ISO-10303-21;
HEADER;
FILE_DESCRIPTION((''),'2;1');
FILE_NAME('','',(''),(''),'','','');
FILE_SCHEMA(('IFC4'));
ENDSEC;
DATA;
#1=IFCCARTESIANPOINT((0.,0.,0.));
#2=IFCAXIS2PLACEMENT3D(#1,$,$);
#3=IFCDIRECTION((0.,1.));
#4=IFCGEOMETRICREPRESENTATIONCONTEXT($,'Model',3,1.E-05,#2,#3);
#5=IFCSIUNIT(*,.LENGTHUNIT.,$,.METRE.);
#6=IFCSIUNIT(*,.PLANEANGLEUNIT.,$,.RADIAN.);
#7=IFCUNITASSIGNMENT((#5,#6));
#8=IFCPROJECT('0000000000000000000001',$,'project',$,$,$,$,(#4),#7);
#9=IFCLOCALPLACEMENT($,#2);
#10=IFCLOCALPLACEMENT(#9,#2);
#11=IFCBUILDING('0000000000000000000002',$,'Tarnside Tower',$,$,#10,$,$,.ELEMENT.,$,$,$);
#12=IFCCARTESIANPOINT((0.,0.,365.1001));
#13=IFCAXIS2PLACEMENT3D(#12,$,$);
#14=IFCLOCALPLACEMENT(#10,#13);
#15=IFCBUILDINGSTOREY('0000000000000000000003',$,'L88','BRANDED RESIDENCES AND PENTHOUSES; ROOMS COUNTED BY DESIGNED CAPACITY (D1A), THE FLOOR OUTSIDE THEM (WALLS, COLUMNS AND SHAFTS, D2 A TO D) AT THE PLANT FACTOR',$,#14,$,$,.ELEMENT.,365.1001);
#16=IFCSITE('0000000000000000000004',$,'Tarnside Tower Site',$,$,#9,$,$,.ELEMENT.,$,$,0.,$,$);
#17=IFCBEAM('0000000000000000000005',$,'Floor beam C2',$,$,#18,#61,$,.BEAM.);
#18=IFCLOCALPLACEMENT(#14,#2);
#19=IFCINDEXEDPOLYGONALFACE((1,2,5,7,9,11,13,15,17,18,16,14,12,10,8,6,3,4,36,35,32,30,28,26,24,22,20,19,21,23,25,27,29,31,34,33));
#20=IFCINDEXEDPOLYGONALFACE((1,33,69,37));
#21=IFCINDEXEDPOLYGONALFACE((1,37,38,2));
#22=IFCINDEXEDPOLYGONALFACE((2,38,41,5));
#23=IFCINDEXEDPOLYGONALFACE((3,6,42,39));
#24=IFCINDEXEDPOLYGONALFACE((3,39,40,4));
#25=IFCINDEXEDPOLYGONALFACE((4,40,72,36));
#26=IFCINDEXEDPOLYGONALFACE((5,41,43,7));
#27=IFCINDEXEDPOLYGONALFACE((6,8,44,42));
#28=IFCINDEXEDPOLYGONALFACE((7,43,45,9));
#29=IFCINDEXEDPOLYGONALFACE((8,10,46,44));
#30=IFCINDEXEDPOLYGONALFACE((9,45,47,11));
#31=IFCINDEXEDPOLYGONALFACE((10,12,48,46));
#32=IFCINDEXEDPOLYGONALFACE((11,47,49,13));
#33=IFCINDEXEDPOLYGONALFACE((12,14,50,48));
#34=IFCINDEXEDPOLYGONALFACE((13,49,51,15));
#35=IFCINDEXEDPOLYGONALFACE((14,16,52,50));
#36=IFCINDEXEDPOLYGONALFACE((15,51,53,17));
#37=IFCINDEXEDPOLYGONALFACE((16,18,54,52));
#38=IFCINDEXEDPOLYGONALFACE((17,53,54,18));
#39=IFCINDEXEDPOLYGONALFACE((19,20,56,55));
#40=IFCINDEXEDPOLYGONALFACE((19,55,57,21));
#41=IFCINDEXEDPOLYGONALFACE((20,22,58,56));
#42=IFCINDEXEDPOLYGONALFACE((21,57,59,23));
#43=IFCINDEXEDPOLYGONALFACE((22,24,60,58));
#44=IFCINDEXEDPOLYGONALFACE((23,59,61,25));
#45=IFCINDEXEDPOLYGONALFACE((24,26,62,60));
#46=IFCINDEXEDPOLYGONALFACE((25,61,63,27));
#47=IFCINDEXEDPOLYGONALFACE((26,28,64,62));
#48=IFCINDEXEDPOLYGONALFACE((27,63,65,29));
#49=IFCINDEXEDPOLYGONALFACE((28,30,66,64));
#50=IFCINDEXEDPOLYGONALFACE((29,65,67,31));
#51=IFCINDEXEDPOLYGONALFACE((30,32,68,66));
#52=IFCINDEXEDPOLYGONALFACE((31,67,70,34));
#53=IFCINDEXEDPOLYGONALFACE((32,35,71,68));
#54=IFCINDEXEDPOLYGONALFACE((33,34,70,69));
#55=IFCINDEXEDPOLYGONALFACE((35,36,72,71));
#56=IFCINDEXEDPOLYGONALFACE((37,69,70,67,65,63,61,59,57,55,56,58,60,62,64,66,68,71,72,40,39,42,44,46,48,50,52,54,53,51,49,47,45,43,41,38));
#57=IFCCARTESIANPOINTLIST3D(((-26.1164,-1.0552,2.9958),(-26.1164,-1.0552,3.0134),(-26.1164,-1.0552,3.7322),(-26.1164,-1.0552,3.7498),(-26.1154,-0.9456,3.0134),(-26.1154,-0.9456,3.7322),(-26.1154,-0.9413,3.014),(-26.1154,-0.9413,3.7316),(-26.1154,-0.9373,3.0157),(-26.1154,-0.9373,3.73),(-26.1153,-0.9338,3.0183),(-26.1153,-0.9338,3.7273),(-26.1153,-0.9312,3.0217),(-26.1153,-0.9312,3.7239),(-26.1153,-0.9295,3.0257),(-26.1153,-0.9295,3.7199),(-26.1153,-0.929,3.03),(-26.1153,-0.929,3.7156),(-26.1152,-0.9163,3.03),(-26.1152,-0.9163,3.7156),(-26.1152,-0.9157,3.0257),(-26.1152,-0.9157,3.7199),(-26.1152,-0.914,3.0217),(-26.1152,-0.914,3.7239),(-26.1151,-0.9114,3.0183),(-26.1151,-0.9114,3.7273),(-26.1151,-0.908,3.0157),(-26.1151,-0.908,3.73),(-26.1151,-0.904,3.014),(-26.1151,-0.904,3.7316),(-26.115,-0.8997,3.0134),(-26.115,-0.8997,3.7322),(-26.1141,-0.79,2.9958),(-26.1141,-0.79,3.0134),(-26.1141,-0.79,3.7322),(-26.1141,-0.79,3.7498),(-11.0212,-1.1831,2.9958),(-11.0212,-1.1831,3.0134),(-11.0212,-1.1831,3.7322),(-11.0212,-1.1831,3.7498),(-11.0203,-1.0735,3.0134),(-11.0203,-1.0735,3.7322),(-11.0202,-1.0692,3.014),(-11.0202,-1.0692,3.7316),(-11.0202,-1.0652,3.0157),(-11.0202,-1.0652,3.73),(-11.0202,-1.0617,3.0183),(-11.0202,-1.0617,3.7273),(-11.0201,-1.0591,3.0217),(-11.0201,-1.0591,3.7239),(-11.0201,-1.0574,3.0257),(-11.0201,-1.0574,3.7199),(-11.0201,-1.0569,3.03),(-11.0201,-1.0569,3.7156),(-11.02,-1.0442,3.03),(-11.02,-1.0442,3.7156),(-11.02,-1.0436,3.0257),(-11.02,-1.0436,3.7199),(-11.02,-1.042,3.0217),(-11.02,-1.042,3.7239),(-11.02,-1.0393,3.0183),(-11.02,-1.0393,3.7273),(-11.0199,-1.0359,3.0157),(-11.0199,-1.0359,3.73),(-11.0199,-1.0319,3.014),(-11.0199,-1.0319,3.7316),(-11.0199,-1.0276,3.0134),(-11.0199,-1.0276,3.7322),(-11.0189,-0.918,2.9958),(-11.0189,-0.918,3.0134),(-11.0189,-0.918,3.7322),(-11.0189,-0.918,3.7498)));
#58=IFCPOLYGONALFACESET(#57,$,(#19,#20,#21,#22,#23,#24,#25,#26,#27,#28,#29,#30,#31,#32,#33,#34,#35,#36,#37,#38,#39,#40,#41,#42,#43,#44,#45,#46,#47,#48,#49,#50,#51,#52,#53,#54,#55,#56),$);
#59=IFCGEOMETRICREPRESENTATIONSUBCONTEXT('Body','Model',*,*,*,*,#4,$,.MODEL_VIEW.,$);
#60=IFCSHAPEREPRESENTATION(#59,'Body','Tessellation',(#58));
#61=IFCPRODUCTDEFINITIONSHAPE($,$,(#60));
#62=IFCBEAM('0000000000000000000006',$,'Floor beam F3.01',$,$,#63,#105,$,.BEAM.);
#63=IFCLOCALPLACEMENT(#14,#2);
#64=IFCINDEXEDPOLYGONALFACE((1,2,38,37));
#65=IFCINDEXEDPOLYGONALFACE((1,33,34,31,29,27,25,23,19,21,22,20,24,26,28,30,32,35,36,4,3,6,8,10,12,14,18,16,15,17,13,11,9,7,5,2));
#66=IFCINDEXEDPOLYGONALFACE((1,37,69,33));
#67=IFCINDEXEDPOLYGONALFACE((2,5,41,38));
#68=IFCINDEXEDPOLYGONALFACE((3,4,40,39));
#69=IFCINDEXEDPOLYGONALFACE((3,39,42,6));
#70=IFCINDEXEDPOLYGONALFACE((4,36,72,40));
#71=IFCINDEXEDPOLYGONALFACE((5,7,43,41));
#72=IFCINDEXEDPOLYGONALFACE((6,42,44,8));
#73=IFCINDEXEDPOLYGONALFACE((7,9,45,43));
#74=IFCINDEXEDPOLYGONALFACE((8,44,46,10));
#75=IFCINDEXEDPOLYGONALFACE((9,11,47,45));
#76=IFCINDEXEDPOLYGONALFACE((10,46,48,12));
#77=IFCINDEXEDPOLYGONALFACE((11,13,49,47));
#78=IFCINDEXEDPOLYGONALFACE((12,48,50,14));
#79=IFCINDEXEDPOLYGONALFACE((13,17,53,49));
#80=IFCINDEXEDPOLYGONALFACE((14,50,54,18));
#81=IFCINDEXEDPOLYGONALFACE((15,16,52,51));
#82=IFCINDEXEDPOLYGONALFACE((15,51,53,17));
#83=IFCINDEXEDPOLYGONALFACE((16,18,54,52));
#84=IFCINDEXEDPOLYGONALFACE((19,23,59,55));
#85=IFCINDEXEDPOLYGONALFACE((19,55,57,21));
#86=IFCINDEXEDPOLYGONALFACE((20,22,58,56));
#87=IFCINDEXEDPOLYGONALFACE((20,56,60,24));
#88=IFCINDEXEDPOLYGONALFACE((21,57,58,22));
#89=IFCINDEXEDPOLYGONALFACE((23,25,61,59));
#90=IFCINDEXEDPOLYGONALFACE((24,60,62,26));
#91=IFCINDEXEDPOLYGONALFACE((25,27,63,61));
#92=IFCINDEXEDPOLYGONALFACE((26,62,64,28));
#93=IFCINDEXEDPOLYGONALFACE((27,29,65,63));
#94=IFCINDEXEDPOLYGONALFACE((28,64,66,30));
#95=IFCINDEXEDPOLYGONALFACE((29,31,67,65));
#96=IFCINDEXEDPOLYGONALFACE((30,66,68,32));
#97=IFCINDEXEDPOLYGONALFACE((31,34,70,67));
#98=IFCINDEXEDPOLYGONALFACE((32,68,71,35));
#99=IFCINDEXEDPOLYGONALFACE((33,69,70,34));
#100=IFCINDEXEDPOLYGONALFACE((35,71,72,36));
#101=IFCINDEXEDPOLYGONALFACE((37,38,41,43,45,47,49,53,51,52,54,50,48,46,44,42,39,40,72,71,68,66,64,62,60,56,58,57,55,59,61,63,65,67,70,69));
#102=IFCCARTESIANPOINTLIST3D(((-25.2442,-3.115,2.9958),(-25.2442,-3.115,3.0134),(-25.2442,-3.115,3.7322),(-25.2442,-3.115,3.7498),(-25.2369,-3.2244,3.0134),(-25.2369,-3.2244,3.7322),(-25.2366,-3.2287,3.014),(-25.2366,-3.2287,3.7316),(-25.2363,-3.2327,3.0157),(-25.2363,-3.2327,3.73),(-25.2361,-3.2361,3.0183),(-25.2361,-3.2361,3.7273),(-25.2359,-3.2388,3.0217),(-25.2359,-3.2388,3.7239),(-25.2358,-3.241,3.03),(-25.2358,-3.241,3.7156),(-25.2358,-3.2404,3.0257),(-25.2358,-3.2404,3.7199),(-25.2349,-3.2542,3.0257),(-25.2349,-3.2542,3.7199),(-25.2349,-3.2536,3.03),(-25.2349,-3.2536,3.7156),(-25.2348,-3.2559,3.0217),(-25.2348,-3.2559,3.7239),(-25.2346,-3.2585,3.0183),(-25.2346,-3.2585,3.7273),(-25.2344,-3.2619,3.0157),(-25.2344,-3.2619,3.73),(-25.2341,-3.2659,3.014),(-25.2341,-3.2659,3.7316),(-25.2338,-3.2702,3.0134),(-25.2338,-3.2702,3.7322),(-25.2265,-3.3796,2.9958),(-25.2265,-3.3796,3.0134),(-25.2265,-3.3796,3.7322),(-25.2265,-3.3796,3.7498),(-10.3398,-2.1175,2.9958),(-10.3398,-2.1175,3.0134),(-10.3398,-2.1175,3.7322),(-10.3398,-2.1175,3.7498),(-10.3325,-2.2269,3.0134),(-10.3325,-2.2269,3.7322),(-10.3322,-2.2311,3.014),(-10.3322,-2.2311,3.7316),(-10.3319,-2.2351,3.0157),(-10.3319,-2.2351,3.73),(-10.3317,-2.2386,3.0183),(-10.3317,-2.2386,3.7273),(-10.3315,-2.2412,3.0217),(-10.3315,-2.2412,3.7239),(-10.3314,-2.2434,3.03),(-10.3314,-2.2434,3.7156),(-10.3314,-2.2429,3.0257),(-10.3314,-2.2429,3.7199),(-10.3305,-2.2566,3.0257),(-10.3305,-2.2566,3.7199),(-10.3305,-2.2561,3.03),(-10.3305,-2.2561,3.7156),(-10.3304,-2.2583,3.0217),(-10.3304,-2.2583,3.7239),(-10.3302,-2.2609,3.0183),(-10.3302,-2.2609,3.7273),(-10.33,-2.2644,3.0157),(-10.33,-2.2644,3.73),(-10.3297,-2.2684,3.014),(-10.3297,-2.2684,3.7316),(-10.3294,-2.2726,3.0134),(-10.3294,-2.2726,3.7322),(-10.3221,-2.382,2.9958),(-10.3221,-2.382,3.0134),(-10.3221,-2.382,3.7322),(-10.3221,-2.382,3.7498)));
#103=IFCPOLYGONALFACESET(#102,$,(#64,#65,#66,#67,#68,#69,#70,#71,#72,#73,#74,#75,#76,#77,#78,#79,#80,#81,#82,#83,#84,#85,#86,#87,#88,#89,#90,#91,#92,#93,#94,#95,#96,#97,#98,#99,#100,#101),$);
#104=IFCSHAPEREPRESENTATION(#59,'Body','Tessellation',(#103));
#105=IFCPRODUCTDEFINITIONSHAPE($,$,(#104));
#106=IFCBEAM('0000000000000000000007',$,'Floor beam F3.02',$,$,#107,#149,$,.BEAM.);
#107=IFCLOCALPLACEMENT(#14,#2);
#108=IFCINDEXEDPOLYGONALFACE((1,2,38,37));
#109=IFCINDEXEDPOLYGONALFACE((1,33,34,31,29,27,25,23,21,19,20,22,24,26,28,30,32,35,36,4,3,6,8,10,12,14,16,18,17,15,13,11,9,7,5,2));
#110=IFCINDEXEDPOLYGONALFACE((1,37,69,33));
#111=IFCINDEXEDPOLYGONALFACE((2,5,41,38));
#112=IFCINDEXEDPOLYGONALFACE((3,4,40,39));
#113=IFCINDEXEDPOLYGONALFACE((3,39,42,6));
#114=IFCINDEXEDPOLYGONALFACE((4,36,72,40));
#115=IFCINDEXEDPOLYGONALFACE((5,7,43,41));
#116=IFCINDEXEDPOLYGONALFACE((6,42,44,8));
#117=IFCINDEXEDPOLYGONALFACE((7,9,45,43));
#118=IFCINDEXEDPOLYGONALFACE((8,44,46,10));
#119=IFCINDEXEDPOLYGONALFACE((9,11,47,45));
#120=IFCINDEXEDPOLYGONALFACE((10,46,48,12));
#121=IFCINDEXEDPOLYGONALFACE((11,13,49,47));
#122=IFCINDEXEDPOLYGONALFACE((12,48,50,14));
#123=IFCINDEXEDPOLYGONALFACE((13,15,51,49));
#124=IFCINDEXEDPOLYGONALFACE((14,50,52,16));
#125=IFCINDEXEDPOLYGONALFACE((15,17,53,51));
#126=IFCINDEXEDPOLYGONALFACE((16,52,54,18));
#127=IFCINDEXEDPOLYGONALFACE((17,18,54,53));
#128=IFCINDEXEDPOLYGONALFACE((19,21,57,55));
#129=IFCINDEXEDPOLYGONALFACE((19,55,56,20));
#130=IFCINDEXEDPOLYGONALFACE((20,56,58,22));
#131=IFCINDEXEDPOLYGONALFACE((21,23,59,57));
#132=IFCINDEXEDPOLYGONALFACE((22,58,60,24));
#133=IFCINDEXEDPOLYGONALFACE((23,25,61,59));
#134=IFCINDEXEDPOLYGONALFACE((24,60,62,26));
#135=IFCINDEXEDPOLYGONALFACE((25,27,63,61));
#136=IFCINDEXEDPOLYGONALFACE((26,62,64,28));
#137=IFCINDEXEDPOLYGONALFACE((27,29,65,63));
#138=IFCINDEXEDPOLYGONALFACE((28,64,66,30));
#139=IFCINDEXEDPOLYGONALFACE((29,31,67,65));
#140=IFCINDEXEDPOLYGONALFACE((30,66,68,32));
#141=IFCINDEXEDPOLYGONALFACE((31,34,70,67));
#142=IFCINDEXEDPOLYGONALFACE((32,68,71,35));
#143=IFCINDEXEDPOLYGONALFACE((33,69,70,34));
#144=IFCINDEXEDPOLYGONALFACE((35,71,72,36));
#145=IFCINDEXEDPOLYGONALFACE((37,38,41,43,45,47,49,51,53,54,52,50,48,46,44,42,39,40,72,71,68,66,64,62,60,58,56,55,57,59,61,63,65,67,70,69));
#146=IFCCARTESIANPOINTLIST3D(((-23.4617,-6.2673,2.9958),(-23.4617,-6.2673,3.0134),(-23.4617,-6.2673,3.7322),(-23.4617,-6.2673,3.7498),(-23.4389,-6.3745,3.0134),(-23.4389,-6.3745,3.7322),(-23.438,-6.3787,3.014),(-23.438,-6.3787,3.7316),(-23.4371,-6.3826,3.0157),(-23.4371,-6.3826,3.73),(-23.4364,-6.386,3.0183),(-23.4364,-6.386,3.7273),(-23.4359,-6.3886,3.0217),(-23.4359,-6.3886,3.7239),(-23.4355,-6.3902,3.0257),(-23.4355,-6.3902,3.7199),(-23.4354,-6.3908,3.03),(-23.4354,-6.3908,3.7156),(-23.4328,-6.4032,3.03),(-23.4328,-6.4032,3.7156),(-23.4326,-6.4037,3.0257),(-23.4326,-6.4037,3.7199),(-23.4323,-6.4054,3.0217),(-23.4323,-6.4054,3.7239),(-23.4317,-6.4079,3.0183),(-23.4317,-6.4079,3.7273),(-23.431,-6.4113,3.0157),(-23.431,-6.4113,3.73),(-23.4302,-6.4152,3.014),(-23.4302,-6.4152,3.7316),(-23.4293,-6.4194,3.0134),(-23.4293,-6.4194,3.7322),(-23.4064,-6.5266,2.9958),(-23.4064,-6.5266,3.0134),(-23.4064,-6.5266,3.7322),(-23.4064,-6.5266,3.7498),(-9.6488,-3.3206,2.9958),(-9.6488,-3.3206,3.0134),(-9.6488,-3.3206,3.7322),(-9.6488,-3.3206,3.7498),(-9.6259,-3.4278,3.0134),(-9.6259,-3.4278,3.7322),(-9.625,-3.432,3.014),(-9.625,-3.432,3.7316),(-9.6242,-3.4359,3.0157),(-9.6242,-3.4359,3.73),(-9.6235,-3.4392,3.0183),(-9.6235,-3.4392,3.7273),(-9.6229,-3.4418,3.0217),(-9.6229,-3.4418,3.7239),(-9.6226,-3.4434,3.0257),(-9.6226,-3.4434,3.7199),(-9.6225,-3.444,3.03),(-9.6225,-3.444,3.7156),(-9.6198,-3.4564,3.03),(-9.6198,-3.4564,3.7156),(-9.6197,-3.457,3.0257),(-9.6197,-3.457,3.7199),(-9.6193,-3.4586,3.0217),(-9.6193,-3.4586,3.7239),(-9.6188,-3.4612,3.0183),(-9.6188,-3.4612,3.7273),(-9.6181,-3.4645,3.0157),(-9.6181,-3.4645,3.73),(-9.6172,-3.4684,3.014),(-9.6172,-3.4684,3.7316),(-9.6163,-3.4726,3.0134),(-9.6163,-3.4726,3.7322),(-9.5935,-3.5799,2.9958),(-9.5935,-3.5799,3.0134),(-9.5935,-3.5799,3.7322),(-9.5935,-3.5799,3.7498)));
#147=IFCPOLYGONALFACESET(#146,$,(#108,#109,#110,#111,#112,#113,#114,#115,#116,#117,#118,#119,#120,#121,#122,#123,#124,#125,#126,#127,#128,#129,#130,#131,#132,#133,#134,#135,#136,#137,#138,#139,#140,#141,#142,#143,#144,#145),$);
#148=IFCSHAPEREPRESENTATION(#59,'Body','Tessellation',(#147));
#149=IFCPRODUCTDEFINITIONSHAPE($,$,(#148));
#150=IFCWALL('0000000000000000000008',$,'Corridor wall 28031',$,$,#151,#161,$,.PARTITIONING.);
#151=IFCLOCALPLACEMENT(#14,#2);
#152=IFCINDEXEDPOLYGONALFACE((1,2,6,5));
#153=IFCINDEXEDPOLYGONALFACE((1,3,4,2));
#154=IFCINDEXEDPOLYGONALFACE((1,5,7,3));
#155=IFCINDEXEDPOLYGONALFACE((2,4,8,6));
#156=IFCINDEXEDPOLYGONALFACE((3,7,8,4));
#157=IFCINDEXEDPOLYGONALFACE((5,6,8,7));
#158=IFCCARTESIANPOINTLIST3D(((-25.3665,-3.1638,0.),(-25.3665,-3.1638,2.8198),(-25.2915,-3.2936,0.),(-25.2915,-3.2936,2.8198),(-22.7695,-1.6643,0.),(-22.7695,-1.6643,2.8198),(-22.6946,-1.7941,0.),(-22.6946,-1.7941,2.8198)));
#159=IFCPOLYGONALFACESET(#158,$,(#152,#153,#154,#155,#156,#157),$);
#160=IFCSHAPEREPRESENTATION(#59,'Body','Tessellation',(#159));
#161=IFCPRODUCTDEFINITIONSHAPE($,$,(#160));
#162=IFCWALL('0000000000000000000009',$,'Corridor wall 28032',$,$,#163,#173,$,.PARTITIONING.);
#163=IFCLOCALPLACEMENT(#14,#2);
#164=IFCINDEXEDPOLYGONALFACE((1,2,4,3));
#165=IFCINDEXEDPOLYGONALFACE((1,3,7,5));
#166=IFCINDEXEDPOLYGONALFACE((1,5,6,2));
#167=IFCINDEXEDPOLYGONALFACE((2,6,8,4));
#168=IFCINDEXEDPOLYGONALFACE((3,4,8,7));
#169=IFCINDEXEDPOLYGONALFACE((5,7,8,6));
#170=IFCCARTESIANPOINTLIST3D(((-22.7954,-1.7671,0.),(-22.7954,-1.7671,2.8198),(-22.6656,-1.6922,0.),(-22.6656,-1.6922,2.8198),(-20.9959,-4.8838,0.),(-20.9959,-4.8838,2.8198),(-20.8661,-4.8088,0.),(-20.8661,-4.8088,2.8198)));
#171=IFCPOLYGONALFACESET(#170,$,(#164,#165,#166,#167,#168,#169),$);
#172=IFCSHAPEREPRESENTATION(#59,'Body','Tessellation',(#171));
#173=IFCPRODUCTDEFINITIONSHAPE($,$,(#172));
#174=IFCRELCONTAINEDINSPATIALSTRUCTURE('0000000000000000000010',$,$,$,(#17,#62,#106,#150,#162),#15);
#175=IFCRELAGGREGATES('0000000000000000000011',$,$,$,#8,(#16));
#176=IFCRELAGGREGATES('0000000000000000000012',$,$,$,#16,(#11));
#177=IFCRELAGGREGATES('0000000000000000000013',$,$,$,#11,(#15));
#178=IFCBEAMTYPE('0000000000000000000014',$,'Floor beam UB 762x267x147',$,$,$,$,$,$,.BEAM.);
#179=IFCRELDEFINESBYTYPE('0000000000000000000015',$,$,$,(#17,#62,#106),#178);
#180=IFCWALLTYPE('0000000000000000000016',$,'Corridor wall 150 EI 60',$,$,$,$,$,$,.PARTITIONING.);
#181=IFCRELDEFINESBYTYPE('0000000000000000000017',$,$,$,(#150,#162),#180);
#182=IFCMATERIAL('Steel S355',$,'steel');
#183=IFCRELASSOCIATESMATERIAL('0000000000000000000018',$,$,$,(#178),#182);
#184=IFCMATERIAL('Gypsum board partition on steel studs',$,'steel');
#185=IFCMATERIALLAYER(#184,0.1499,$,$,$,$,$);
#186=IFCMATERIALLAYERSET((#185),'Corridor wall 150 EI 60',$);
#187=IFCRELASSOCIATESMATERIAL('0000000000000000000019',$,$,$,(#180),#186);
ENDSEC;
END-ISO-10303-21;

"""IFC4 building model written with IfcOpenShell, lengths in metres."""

from ifc_helpers import new_model, si_unit, direction, frame, frame_2d, origin, origin_2d, place, context, subcontext, project, spatial, rectangle, i_section, extrude, material, layer, layer_set, material_profile, profile_set, type_object, element, save


model = new_model("IFC4")

# Units and contexts
model_context = context("Model", 3, precision=1e-05, world=origin(), true_north=direction((0.0, 1.0)))
body_context = subcontext(model_context, "Body", "Model", "MODEL_VIEW")
ifc_project = project(units=[si_unit("LENGTHUNIT", "METRE"), si_unit("PLANEANGLEUNIT", "RADIAN")], contexts=[model_context])

# Site, building, storey
site_placement = place(None, origin())
site = spatial("IfcSite", under=ifc_project, at=site_placement, Name="Tarnside Tower Site", CompositionType="ELEMENT", RefElevation=0.0)
building_placement = place(site_placement, origin())
building = spatial("IfcBuilding", under=site, at=building_placement, Name="Tarnside Tower", CompositionType="ELEMENT")
storey_placement = place(building_placement, frame((0.0, 0.0, 365.1001)))
storey = spatial("IfcBuildingStorey", under=building, at=storey_placement, Name="L88", Description="BRANDED RESIDENCES AND PENTHOUSES; ROOMS COUNTED BY DESIGNED CAPACITY (D1A), THE FLOOR OUTSIDE THEM (WALLS, COLUMNS AND SHAFTS, D2 A TO D) AT THE PLANT FACTOR", CompositionType="ELEMENT", Elevation=365.1001)

# Beams
ifc_material_1 = material(Name="Steel S355", Category="steel")
ifc_material_profile = material_profile(ifc_material_1, i_section(OverallWidth=0.2651, OverallDepth=0.7539, WebThickness=0.0127, FlangeThickness=0.0176, FilletRadius=0.0166, at=origin_2d()), Name="UB 762x267x147")
ifc_profile_set = profile_set([ifc_material_profile], Name="Steel S355")
beam_type = type_object("IfcBeamType", Name="Floor beam UB 762x267x147", PredefinedType="BEAM", material=ifc_profile_set)
beam_1_placement = place(storey_placement, frame((-26.1152, -0.9226, 3.3728), z_axis=(0.999964, -0.008475, 0.0), x_axis=(0.008475, 0.999964, 0.0)))
element("IfcBeam", 1, at=beam_1_placement, inside=storey, type_object=beam_type, Name="Floor beam C2", PredefinedType="BEAM", context=body_context, shape_type="SweptSolid", body=[
    extrude(i_section(OverallWidth=0.2651, OverallDepth=0.7539, WebThickness=0.0127, FlangeThickness=0.0176, FilletRadius=0.0166, at=origin_2d()), origin(), (0.0, 0.0, 1.0), 15.0957),
])
beam_2_placement = place(storey_placement, frame((-25.2354, -3.2473, 3.3728), z_axis=(0.997768, 0.066782, 0.0), x_axis=(-0.066782, 0.997768, 0.0)))
element("IfcBeam", 2, at=beam_2_placement, inside=storey, type_object=beam_type, Name="Floor beam F3.01", PredefinedType="BEAM", context=body_context, shape_type="SweptSolid", body=[
    extrude(i_section(OverallWidth=0.2651, OverallDepth=0.7539, WebThickness=0.0127, FlangeThickness=0.0176, FilletRadius=0.0166, at=origin_2d()), origin(), (0.0, 0.0, 1.0), 14.9377),
])
beam_3_placement = place(storey_placement, frame((-23.4341, -6.397, 3.3728), z_axis=(0.977993, 0.208639, 0.0), x_axis=(-0.208639, 0.977993, 0.0)))
element("IfcBeam", 3, at=beam_3_placement, inside=storey, type_object=beam_type, Name="Floor beam F3.02", PredefinedType="BEAM", context=body_context, shape_type="SweptSolid", body=[
    extrude(i_section(OverallWidth=0.2651, OverallDepth=0.7539, WebThickness=0.0127, FlangeThickness=0.0176, FilletRadius=0.0166, at=origin_2d()), origin(), (0.0, 0.0, 1.0), 14.1238),
])

# Walls
ifc_material_2 = material(Name="Gypsum board partition on steel studs", Category="steel")
ifc_layer_1 = layer(ifc_material_2, 0.1499)
ifc_layer_set_1 = layer_set([ifc_layer_1], Name="Corridor wall 150 EI 60")
wall_type_1 = type_object("IfcWallType", Name="Corridor wall 150 EI 60", PredefinedType="PARTITIONING", material=ifc_layer_set_1)
wall_1_placement = place(storey_placement, frame((-25.3291, -3.2288, 0.0), z_axis=(0.0, 0.0, 1.0), x_axis=(0.866, 0.500044, 0.0)))
element("IfcWall", 4, at=wall_1_placement, inside=storey, type_object=wall_type_1, Name="Corridor wall 28031", PredefinedType="PARTITIONING", context=body_context, shape_type="SweptSolid", body=[
    extrude(rectangle(XDim=2.9988, YDim=0.1499, at=frame_2d((1.4995, 0.0))), origin(), (0.0, 0.0, 1.0), 2.8198),
])
wall_2_placement = place(storey_placement, frame((-22.7305, -1.7297, 0.0), z_axis=(0.0, 0.0, 1.0), x_axis=(0.500028, -0.866009, 0.0)))
element("IfcWall", 5, at=wall_2_placement, inside=storey, type_object=wall_type_1, Name="Corridor wall 28032", PredefinedType="PARTITIONING", context=body_context, shape_type="SweptSolid", body=[
    extrude(rectangle(XDim=3.5989, YDim=0.1499, at=frame_2d((1.7993, 0.0))), origin(), (0.0, 0.0, 1.0), 2.8198),
])

save(model, "model.ifc")
